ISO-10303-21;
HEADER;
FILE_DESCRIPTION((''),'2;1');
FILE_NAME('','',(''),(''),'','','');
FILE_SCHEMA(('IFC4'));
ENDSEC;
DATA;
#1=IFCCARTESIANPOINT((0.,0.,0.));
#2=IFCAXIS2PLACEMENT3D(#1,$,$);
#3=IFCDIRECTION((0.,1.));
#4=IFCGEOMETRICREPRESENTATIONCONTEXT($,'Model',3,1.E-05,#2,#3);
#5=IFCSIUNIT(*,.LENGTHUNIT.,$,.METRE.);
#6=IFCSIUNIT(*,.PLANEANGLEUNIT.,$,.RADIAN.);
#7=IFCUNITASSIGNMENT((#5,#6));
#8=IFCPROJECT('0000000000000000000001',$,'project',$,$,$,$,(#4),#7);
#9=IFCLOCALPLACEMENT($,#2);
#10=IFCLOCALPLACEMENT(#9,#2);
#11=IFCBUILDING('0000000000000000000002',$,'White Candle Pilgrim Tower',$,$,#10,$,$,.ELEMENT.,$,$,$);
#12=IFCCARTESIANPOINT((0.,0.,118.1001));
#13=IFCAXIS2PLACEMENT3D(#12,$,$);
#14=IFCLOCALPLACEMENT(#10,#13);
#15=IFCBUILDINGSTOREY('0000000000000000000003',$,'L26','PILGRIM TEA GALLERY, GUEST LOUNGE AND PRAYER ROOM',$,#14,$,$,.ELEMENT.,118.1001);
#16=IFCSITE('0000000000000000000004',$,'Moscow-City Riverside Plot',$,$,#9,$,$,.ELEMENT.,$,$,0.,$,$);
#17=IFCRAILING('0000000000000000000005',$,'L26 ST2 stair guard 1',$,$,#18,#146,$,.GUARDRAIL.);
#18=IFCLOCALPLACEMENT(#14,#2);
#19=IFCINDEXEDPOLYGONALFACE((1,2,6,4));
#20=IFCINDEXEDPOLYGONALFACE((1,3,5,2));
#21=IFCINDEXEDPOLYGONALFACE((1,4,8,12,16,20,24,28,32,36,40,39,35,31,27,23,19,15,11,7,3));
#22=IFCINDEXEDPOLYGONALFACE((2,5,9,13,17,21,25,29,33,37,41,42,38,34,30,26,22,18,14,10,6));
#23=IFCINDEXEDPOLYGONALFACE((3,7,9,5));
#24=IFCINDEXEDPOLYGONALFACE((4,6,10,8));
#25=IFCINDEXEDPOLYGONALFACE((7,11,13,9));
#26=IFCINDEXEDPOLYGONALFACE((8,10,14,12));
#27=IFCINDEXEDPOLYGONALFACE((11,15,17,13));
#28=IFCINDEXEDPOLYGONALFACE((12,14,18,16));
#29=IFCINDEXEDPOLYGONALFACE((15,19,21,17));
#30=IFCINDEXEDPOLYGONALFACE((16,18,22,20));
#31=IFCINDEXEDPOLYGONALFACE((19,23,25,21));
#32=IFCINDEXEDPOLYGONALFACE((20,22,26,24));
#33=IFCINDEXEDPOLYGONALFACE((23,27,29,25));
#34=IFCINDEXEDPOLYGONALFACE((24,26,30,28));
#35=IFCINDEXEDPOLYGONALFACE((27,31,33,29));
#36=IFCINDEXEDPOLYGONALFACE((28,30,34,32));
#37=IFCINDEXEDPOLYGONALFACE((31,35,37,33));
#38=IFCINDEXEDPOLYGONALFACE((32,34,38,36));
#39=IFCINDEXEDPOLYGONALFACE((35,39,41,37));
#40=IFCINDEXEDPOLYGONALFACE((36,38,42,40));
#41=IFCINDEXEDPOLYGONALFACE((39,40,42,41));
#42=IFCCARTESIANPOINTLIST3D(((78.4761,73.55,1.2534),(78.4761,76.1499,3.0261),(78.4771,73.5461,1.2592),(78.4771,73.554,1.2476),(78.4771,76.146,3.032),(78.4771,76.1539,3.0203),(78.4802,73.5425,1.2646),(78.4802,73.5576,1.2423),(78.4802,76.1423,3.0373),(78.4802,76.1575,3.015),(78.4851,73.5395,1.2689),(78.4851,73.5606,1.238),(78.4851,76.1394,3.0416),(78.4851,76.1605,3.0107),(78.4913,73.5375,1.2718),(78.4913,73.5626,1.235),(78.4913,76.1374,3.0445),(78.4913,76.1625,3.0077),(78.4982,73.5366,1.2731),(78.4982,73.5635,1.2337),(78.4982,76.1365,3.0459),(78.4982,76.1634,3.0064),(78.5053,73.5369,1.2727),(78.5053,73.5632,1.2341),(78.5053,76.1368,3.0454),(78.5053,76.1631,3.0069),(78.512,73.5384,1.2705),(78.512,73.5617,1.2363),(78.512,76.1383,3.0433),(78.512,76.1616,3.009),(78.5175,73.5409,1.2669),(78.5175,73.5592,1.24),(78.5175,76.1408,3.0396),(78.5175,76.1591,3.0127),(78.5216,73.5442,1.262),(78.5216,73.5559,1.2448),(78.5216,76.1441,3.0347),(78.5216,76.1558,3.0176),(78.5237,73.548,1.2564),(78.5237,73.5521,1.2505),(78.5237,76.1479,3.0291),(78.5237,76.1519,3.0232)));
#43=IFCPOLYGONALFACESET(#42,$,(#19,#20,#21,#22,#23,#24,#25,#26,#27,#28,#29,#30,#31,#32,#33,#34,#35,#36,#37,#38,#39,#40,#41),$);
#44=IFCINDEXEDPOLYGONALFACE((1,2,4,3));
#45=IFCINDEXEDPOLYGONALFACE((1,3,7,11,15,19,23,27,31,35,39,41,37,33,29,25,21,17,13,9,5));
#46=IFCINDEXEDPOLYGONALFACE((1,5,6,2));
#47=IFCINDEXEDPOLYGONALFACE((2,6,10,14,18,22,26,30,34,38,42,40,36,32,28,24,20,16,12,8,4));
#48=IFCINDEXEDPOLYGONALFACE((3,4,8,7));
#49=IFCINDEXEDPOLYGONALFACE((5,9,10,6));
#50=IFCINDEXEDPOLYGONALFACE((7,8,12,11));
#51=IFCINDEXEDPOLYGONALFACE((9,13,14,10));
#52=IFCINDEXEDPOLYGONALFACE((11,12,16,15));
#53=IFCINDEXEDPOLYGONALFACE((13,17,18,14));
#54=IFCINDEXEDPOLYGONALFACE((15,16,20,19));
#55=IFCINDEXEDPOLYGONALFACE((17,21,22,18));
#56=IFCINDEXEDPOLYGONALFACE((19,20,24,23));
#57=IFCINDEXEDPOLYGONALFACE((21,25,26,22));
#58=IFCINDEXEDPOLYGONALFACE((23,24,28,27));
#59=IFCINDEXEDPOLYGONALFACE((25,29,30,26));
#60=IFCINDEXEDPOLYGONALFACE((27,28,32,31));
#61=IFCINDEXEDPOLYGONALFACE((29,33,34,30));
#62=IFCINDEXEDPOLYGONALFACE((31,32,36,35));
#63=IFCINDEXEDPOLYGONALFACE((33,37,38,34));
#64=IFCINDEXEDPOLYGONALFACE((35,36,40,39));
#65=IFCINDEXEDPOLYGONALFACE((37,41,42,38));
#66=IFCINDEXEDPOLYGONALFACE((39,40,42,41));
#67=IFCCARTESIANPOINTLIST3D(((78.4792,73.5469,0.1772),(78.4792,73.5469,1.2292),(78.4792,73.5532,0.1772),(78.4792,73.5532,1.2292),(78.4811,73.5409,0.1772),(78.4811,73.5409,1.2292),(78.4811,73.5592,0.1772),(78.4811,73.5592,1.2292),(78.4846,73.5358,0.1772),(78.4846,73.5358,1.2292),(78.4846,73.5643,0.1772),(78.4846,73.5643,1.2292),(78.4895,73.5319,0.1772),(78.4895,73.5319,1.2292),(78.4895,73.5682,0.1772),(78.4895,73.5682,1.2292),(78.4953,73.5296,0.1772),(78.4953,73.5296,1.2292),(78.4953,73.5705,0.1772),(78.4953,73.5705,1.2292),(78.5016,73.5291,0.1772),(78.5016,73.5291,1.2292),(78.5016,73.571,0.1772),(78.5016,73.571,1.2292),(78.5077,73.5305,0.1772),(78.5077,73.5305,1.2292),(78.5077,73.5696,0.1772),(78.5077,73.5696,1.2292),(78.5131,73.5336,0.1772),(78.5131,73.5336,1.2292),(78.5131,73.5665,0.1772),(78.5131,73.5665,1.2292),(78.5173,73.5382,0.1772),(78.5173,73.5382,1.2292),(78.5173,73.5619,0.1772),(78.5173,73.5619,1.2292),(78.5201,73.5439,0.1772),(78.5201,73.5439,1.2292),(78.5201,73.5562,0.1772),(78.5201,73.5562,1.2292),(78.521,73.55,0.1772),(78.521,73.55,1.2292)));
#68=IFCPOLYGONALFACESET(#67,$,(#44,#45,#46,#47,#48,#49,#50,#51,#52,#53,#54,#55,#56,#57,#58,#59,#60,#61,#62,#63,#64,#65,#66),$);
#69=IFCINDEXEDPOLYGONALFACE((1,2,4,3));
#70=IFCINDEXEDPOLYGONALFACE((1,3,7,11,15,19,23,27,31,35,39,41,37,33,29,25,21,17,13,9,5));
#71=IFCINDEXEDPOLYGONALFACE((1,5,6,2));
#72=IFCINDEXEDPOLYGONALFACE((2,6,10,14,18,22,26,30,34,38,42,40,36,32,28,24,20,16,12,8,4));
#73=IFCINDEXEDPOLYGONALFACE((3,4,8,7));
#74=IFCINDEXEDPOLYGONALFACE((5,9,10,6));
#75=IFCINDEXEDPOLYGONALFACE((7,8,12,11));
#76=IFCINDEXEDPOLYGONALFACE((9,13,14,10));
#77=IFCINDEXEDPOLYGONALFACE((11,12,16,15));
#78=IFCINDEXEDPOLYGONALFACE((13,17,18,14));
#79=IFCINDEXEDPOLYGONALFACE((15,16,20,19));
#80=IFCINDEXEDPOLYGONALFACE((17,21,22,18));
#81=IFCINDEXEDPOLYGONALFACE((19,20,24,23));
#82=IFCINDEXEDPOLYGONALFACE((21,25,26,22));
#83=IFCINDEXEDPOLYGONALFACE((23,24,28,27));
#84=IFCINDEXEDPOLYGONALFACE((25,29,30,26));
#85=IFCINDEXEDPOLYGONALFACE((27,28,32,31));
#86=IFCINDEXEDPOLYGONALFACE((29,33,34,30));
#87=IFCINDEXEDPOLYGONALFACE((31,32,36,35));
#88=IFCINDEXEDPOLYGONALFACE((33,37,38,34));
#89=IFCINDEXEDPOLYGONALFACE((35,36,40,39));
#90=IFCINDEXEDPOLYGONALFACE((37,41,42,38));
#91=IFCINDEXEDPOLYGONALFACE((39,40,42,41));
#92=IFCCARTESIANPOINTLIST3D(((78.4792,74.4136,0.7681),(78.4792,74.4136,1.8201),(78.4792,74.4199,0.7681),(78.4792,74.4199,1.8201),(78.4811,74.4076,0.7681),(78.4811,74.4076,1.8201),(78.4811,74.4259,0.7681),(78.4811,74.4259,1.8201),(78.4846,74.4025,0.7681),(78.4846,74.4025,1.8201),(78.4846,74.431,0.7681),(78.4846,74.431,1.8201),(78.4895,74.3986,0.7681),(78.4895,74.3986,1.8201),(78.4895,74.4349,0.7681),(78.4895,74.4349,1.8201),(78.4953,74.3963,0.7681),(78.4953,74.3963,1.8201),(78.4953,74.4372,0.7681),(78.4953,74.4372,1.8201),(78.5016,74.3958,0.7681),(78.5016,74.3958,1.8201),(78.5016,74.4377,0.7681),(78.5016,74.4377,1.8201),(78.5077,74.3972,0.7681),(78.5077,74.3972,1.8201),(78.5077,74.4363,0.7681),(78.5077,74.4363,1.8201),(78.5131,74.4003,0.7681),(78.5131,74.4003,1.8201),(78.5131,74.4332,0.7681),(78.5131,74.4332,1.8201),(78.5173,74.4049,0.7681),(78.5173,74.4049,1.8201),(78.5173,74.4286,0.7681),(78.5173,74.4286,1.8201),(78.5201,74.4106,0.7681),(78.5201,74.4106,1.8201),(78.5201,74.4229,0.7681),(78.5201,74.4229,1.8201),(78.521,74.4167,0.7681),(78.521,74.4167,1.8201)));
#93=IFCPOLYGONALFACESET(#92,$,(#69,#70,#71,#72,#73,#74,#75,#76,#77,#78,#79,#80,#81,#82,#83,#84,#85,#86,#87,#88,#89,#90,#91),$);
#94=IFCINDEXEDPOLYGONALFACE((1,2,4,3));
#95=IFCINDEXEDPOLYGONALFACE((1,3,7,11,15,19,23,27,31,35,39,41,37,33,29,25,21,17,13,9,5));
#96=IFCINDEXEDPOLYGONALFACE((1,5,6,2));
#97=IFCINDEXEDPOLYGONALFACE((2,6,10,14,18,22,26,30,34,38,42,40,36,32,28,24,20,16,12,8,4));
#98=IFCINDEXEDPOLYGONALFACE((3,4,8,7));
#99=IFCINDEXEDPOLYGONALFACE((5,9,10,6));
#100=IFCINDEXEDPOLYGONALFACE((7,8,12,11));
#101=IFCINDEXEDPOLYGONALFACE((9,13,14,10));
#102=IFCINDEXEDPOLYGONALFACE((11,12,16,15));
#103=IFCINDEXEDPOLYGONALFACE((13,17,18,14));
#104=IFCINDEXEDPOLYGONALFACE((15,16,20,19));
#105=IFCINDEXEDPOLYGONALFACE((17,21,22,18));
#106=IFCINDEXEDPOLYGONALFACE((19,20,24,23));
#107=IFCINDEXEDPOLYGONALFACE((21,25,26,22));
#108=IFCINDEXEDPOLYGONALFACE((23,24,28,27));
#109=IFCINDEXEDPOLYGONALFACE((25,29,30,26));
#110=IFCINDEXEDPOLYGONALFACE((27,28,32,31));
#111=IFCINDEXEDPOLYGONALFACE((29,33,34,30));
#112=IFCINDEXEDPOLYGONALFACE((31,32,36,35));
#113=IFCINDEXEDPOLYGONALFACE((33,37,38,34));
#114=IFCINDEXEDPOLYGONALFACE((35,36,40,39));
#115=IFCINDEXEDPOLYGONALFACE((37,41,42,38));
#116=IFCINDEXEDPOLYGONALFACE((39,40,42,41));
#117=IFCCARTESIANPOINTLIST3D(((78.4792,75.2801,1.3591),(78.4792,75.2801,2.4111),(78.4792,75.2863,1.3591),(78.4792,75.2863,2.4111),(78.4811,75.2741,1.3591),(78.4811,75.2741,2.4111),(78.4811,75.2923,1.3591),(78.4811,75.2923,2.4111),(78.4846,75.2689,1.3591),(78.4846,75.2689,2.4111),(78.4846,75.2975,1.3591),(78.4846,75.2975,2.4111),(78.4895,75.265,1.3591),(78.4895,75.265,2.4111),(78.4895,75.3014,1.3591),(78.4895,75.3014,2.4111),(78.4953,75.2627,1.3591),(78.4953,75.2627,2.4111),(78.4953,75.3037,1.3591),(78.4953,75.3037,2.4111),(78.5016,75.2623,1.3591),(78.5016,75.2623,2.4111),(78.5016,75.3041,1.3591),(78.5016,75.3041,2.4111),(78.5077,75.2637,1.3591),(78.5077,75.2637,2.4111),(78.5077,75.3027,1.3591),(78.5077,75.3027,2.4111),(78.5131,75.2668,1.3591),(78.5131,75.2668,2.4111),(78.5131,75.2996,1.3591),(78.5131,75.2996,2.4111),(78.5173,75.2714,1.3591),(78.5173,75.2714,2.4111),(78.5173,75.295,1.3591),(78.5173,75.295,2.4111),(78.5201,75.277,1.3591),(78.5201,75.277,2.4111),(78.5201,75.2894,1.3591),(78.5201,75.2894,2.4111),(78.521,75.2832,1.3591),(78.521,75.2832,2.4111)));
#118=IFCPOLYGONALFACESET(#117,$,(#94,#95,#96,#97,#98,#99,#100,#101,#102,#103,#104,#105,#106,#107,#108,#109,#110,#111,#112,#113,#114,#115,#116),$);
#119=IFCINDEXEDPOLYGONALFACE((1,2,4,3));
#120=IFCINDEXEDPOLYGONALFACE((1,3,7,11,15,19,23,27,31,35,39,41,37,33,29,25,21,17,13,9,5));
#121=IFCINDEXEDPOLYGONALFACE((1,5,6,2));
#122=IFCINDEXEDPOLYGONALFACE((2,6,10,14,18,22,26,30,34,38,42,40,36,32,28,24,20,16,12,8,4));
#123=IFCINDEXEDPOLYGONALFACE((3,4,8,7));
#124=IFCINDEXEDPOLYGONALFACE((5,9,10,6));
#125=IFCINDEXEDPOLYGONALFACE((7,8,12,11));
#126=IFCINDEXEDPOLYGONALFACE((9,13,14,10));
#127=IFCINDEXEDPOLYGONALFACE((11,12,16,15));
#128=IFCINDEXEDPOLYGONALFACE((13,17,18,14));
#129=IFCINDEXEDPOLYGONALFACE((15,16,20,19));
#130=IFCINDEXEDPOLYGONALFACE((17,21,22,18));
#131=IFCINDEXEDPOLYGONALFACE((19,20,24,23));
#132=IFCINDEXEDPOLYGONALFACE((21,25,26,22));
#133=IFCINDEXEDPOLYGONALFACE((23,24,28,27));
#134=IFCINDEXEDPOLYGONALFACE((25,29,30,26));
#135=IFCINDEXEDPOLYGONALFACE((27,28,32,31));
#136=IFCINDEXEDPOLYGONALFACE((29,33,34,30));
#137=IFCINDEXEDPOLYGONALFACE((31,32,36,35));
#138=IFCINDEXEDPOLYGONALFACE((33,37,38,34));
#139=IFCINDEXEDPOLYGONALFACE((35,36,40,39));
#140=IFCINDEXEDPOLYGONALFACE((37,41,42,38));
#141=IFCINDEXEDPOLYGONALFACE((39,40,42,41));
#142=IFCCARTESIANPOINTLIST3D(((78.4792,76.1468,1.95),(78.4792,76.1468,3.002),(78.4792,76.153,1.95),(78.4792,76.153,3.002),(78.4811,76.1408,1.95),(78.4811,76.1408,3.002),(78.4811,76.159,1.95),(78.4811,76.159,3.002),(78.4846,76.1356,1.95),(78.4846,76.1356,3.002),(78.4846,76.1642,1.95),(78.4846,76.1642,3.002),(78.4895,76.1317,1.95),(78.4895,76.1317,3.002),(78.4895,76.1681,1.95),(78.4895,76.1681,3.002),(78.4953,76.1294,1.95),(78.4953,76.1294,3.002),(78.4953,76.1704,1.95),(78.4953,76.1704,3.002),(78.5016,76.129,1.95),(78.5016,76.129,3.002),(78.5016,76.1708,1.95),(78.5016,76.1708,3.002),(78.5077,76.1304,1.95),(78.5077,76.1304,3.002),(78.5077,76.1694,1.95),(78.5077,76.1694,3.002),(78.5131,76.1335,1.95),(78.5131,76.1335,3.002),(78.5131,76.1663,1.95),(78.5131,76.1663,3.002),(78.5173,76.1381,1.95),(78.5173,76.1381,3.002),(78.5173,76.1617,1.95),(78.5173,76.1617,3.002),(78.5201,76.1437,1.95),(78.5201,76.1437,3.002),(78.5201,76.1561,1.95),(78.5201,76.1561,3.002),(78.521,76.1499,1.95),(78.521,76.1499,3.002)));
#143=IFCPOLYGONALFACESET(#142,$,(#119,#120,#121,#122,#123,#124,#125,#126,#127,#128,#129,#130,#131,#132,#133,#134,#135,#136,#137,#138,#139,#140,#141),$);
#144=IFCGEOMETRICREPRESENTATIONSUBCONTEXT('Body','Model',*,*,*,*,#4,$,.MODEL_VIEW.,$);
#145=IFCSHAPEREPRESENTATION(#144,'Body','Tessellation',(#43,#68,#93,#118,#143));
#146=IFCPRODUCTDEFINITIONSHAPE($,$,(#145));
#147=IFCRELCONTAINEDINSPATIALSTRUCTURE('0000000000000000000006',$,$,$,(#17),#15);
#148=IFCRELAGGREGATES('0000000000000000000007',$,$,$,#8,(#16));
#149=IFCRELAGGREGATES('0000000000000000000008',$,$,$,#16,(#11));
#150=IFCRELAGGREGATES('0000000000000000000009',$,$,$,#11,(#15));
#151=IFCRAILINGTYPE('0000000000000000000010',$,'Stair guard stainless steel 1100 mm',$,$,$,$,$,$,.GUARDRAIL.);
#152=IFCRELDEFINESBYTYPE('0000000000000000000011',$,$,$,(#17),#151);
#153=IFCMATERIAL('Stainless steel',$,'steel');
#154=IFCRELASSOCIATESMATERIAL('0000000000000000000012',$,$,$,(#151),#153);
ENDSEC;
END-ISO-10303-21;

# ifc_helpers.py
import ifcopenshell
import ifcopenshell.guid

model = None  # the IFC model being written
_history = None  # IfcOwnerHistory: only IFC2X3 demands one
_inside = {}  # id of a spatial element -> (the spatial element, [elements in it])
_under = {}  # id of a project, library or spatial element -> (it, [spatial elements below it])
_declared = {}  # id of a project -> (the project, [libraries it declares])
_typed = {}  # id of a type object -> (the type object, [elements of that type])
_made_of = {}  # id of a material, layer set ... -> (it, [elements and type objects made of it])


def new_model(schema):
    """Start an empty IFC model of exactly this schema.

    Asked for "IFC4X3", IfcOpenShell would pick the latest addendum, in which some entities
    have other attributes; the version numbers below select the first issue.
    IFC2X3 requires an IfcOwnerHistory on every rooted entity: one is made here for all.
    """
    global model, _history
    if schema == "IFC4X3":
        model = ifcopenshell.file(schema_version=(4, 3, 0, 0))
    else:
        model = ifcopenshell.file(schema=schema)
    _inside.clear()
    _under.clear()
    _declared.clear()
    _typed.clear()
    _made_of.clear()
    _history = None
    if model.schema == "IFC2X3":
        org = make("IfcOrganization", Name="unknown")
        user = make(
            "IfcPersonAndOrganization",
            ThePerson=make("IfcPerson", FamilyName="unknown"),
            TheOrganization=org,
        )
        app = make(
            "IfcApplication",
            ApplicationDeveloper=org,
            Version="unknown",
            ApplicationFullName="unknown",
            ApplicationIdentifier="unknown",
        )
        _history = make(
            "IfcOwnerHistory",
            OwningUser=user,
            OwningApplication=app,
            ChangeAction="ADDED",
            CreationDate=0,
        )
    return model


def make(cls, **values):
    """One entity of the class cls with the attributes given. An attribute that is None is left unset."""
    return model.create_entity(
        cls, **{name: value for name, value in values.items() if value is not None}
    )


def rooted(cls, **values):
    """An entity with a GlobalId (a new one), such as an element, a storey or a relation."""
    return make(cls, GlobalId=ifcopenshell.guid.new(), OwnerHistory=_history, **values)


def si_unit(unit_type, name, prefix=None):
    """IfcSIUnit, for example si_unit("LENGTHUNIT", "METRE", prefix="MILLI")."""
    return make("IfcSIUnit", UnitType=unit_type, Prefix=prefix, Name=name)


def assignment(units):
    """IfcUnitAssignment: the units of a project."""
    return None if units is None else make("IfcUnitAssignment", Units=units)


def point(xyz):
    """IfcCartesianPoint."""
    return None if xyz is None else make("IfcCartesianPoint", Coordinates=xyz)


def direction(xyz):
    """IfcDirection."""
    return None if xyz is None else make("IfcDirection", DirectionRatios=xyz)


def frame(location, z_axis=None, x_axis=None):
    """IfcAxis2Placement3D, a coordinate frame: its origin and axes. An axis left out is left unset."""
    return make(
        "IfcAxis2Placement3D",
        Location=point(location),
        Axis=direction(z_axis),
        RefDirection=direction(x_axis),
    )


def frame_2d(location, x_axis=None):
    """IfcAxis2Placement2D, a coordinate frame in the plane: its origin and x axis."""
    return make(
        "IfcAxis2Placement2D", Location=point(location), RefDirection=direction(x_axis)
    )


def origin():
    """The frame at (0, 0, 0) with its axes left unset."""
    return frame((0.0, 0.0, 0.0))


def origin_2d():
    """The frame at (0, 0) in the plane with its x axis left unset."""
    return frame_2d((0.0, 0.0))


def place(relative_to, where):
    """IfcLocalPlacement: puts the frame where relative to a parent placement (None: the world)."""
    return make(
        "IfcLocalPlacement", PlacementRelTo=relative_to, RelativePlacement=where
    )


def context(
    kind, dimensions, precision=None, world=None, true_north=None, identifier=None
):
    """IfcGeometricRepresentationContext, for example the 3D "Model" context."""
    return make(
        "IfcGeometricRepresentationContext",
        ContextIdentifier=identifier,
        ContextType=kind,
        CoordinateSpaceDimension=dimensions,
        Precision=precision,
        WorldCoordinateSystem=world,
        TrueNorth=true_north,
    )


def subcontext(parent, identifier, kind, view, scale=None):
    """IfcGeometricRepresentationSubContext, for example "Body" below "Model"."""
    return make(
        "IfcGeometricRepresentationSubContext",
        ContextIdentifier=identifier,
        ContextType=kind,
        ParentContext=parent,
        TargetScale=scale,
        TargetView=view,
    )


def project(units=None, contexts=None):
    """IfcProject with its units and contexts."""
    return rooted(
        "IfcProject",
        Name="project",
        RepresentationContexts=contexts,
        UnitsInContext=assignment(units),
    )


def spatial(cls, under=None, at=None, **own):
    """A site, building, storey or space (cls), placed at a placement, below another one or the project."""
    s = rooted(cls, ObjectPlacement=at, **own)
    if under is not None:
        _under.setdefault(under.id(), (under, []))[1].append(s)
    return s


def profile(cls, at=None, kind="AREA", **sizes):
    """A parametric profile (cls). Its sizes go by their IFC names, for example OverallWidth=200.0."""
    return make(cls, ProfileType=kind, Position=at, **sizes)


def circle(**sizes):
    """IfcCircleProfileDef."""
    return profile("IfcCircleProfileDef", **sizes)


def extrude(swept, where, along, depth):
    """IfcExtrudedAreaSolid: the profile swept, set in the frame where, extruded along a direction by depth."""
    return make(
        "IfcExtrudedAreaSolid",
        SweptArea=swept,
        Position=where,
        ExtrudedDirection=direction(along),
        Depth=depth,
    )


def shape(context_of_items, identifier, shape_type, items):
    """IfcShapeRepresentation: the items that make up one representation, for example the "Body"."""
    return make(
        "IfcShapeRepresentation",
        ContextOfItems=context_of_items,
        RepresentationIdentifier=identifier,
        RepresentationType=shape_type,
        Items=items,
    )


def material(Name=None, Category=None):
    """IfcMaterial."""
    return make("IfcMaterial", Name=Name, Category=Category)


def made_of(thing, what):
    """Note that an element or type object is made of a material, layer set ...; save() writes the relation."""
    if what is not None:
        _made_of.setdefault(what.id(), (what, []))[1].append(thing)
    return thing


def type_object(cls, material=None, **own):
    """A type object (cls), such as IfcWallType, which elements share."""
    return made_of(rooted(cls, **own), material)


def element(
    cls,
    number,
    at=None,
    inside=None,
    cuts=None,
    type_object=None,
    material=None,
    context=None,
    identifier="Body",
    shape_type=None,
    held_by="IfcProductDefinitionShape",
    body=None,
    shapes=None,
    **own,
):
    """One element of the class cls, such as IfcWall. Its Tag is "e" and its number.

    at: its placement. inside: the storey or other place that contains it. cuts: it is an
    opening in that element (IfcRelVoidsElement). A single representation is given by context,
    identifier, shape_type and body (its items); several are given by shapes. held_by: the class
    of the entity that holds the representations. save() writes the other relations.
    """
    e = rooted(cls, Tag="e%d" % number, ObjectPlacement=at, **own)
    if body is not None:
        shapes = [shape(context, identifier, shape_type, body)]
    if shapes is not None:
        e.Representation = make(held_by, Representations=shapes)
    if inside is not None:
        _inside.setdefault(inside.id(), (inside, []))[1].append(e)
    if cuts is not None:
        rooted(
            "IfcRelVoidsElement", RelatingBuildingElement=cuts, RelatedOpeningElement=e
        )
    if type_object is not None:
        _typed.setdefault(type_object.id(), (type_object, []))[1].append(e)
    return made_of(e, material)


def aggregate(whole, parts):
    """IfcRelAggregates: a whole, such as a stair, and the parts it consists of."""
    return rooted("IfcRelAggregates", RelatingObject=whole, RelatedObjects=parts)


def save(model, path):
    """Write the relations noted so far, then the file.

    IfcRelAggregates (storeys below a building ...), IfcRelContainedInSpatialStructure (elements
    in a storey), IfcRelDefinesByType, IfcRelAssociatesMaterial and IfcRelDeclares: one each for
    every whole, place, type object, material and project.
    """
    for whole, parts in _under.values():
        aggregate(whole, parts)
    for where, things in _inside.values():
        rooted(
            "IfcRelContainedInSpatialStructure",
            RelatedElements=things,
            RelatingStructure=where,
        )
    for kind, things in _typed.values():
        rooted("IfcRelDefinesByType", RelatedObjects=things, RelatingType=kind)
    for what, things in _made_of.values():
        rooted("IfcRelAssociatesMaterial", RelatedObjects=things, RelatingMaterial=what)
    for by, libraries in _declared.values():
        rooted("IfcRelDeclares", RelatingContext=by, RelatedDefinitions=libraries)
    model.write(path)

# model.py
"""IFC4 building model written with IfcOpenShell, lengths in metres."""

from ifc_helpers import new_model, si_unit, direction, frame, origin, origin_2d, place, context, subcontext, project, spatial, circle, extrude, material, type_object, element, save


model = new_model("IFC4")

# Units and contexts
model_context = context("Model", 3, precision=1e-05, world=origin(), true_north=direction((0.0, 1.0)))
body_context = subcontext(model_context, "Body", "Model", "MODEL_VIEW")
ifc_project = project(units=[si_unit("LENGTHUNIT", "METRE"), si_unit("PLANEANGLEUNIT", "RADIAN")], contexts=[model_context])

# Site, building, storey
site_placement = place(None, origin())
site = spatial("IfcSite", under=ifc_project, at=site_placement, Name="Moscow-City Riverside Plot", CompositionType="ELEMENT", RefElevation=0.0)
building_placement = place(site_placement, origin())
building = spatial("IfcBuilding", under=site, at=building_placement, Name="White Candle Pilgrim Tower", CompositionType="ELEMENT")
storey_placement = place(building_placement, frame((0.0, 0.0, 118.1001)))
storey = spatial("IfcBuildingStorey", under=building, at=storey_placement, Name="L26", Description="PILGRIM TEA GALLERY, GUEST LOUNGE AND PRAYER ROOM", CompositionType="ELEMENT", Elevation=118.1001)

# Railing
ifc_material_1 = material(Name="Stainless steel", Category="steel")
railing_type_1 = type_object("IfcRailingType", Name="Stair guard stainless steel 1100 mm", PredefinedType="GUARDRAIL", material=ifc_material_1)
railing_1_placement = place(storey_placement, frame((78.5, 73.55, 0.1772)))
element("IfcRailing", 1, at=railing_1_placement, inside=storey, type_object=railing_type_1, Name="L26 ST2 stair guard 1", PredefinedType="GUARDRAIL", context=body_context, shape_type="SweptSolid", body=[
    extrude(circle(Radius=0.0239, at=origin_2d()), frame((0.0, 0.0, 1.0762), z_axis=(0.0, 0.826216, 0.563354), x_axis=(-1.0, 0.0, 0.0)), (0.0, 0.0, 1.0), 3.1467),
    extrude(circle(Radius=0.021, at=origin_2d()), origin(), (0.0, 0.0, 1.0), 1.052),
    extrude(circle(Radius=0.021, at=origin_2d()), frame((0.0, 0.8667, 0.5908)), (0.0, 0.0, 1.0), 1.052),
    extrude(circle(Radius=0.021, at=origin_2d()), frame((0.0, 1.7332, 1.1819)), (0.0, 0.0, 1.0), 1.052),
    extrude(circle(Radius=0.021, at=origin_2d()), frame((0.0, 2.5999, 1.7727)), (0.0, 0.0, 1.0), 1.052),
])

save(model, "model.ifc")
